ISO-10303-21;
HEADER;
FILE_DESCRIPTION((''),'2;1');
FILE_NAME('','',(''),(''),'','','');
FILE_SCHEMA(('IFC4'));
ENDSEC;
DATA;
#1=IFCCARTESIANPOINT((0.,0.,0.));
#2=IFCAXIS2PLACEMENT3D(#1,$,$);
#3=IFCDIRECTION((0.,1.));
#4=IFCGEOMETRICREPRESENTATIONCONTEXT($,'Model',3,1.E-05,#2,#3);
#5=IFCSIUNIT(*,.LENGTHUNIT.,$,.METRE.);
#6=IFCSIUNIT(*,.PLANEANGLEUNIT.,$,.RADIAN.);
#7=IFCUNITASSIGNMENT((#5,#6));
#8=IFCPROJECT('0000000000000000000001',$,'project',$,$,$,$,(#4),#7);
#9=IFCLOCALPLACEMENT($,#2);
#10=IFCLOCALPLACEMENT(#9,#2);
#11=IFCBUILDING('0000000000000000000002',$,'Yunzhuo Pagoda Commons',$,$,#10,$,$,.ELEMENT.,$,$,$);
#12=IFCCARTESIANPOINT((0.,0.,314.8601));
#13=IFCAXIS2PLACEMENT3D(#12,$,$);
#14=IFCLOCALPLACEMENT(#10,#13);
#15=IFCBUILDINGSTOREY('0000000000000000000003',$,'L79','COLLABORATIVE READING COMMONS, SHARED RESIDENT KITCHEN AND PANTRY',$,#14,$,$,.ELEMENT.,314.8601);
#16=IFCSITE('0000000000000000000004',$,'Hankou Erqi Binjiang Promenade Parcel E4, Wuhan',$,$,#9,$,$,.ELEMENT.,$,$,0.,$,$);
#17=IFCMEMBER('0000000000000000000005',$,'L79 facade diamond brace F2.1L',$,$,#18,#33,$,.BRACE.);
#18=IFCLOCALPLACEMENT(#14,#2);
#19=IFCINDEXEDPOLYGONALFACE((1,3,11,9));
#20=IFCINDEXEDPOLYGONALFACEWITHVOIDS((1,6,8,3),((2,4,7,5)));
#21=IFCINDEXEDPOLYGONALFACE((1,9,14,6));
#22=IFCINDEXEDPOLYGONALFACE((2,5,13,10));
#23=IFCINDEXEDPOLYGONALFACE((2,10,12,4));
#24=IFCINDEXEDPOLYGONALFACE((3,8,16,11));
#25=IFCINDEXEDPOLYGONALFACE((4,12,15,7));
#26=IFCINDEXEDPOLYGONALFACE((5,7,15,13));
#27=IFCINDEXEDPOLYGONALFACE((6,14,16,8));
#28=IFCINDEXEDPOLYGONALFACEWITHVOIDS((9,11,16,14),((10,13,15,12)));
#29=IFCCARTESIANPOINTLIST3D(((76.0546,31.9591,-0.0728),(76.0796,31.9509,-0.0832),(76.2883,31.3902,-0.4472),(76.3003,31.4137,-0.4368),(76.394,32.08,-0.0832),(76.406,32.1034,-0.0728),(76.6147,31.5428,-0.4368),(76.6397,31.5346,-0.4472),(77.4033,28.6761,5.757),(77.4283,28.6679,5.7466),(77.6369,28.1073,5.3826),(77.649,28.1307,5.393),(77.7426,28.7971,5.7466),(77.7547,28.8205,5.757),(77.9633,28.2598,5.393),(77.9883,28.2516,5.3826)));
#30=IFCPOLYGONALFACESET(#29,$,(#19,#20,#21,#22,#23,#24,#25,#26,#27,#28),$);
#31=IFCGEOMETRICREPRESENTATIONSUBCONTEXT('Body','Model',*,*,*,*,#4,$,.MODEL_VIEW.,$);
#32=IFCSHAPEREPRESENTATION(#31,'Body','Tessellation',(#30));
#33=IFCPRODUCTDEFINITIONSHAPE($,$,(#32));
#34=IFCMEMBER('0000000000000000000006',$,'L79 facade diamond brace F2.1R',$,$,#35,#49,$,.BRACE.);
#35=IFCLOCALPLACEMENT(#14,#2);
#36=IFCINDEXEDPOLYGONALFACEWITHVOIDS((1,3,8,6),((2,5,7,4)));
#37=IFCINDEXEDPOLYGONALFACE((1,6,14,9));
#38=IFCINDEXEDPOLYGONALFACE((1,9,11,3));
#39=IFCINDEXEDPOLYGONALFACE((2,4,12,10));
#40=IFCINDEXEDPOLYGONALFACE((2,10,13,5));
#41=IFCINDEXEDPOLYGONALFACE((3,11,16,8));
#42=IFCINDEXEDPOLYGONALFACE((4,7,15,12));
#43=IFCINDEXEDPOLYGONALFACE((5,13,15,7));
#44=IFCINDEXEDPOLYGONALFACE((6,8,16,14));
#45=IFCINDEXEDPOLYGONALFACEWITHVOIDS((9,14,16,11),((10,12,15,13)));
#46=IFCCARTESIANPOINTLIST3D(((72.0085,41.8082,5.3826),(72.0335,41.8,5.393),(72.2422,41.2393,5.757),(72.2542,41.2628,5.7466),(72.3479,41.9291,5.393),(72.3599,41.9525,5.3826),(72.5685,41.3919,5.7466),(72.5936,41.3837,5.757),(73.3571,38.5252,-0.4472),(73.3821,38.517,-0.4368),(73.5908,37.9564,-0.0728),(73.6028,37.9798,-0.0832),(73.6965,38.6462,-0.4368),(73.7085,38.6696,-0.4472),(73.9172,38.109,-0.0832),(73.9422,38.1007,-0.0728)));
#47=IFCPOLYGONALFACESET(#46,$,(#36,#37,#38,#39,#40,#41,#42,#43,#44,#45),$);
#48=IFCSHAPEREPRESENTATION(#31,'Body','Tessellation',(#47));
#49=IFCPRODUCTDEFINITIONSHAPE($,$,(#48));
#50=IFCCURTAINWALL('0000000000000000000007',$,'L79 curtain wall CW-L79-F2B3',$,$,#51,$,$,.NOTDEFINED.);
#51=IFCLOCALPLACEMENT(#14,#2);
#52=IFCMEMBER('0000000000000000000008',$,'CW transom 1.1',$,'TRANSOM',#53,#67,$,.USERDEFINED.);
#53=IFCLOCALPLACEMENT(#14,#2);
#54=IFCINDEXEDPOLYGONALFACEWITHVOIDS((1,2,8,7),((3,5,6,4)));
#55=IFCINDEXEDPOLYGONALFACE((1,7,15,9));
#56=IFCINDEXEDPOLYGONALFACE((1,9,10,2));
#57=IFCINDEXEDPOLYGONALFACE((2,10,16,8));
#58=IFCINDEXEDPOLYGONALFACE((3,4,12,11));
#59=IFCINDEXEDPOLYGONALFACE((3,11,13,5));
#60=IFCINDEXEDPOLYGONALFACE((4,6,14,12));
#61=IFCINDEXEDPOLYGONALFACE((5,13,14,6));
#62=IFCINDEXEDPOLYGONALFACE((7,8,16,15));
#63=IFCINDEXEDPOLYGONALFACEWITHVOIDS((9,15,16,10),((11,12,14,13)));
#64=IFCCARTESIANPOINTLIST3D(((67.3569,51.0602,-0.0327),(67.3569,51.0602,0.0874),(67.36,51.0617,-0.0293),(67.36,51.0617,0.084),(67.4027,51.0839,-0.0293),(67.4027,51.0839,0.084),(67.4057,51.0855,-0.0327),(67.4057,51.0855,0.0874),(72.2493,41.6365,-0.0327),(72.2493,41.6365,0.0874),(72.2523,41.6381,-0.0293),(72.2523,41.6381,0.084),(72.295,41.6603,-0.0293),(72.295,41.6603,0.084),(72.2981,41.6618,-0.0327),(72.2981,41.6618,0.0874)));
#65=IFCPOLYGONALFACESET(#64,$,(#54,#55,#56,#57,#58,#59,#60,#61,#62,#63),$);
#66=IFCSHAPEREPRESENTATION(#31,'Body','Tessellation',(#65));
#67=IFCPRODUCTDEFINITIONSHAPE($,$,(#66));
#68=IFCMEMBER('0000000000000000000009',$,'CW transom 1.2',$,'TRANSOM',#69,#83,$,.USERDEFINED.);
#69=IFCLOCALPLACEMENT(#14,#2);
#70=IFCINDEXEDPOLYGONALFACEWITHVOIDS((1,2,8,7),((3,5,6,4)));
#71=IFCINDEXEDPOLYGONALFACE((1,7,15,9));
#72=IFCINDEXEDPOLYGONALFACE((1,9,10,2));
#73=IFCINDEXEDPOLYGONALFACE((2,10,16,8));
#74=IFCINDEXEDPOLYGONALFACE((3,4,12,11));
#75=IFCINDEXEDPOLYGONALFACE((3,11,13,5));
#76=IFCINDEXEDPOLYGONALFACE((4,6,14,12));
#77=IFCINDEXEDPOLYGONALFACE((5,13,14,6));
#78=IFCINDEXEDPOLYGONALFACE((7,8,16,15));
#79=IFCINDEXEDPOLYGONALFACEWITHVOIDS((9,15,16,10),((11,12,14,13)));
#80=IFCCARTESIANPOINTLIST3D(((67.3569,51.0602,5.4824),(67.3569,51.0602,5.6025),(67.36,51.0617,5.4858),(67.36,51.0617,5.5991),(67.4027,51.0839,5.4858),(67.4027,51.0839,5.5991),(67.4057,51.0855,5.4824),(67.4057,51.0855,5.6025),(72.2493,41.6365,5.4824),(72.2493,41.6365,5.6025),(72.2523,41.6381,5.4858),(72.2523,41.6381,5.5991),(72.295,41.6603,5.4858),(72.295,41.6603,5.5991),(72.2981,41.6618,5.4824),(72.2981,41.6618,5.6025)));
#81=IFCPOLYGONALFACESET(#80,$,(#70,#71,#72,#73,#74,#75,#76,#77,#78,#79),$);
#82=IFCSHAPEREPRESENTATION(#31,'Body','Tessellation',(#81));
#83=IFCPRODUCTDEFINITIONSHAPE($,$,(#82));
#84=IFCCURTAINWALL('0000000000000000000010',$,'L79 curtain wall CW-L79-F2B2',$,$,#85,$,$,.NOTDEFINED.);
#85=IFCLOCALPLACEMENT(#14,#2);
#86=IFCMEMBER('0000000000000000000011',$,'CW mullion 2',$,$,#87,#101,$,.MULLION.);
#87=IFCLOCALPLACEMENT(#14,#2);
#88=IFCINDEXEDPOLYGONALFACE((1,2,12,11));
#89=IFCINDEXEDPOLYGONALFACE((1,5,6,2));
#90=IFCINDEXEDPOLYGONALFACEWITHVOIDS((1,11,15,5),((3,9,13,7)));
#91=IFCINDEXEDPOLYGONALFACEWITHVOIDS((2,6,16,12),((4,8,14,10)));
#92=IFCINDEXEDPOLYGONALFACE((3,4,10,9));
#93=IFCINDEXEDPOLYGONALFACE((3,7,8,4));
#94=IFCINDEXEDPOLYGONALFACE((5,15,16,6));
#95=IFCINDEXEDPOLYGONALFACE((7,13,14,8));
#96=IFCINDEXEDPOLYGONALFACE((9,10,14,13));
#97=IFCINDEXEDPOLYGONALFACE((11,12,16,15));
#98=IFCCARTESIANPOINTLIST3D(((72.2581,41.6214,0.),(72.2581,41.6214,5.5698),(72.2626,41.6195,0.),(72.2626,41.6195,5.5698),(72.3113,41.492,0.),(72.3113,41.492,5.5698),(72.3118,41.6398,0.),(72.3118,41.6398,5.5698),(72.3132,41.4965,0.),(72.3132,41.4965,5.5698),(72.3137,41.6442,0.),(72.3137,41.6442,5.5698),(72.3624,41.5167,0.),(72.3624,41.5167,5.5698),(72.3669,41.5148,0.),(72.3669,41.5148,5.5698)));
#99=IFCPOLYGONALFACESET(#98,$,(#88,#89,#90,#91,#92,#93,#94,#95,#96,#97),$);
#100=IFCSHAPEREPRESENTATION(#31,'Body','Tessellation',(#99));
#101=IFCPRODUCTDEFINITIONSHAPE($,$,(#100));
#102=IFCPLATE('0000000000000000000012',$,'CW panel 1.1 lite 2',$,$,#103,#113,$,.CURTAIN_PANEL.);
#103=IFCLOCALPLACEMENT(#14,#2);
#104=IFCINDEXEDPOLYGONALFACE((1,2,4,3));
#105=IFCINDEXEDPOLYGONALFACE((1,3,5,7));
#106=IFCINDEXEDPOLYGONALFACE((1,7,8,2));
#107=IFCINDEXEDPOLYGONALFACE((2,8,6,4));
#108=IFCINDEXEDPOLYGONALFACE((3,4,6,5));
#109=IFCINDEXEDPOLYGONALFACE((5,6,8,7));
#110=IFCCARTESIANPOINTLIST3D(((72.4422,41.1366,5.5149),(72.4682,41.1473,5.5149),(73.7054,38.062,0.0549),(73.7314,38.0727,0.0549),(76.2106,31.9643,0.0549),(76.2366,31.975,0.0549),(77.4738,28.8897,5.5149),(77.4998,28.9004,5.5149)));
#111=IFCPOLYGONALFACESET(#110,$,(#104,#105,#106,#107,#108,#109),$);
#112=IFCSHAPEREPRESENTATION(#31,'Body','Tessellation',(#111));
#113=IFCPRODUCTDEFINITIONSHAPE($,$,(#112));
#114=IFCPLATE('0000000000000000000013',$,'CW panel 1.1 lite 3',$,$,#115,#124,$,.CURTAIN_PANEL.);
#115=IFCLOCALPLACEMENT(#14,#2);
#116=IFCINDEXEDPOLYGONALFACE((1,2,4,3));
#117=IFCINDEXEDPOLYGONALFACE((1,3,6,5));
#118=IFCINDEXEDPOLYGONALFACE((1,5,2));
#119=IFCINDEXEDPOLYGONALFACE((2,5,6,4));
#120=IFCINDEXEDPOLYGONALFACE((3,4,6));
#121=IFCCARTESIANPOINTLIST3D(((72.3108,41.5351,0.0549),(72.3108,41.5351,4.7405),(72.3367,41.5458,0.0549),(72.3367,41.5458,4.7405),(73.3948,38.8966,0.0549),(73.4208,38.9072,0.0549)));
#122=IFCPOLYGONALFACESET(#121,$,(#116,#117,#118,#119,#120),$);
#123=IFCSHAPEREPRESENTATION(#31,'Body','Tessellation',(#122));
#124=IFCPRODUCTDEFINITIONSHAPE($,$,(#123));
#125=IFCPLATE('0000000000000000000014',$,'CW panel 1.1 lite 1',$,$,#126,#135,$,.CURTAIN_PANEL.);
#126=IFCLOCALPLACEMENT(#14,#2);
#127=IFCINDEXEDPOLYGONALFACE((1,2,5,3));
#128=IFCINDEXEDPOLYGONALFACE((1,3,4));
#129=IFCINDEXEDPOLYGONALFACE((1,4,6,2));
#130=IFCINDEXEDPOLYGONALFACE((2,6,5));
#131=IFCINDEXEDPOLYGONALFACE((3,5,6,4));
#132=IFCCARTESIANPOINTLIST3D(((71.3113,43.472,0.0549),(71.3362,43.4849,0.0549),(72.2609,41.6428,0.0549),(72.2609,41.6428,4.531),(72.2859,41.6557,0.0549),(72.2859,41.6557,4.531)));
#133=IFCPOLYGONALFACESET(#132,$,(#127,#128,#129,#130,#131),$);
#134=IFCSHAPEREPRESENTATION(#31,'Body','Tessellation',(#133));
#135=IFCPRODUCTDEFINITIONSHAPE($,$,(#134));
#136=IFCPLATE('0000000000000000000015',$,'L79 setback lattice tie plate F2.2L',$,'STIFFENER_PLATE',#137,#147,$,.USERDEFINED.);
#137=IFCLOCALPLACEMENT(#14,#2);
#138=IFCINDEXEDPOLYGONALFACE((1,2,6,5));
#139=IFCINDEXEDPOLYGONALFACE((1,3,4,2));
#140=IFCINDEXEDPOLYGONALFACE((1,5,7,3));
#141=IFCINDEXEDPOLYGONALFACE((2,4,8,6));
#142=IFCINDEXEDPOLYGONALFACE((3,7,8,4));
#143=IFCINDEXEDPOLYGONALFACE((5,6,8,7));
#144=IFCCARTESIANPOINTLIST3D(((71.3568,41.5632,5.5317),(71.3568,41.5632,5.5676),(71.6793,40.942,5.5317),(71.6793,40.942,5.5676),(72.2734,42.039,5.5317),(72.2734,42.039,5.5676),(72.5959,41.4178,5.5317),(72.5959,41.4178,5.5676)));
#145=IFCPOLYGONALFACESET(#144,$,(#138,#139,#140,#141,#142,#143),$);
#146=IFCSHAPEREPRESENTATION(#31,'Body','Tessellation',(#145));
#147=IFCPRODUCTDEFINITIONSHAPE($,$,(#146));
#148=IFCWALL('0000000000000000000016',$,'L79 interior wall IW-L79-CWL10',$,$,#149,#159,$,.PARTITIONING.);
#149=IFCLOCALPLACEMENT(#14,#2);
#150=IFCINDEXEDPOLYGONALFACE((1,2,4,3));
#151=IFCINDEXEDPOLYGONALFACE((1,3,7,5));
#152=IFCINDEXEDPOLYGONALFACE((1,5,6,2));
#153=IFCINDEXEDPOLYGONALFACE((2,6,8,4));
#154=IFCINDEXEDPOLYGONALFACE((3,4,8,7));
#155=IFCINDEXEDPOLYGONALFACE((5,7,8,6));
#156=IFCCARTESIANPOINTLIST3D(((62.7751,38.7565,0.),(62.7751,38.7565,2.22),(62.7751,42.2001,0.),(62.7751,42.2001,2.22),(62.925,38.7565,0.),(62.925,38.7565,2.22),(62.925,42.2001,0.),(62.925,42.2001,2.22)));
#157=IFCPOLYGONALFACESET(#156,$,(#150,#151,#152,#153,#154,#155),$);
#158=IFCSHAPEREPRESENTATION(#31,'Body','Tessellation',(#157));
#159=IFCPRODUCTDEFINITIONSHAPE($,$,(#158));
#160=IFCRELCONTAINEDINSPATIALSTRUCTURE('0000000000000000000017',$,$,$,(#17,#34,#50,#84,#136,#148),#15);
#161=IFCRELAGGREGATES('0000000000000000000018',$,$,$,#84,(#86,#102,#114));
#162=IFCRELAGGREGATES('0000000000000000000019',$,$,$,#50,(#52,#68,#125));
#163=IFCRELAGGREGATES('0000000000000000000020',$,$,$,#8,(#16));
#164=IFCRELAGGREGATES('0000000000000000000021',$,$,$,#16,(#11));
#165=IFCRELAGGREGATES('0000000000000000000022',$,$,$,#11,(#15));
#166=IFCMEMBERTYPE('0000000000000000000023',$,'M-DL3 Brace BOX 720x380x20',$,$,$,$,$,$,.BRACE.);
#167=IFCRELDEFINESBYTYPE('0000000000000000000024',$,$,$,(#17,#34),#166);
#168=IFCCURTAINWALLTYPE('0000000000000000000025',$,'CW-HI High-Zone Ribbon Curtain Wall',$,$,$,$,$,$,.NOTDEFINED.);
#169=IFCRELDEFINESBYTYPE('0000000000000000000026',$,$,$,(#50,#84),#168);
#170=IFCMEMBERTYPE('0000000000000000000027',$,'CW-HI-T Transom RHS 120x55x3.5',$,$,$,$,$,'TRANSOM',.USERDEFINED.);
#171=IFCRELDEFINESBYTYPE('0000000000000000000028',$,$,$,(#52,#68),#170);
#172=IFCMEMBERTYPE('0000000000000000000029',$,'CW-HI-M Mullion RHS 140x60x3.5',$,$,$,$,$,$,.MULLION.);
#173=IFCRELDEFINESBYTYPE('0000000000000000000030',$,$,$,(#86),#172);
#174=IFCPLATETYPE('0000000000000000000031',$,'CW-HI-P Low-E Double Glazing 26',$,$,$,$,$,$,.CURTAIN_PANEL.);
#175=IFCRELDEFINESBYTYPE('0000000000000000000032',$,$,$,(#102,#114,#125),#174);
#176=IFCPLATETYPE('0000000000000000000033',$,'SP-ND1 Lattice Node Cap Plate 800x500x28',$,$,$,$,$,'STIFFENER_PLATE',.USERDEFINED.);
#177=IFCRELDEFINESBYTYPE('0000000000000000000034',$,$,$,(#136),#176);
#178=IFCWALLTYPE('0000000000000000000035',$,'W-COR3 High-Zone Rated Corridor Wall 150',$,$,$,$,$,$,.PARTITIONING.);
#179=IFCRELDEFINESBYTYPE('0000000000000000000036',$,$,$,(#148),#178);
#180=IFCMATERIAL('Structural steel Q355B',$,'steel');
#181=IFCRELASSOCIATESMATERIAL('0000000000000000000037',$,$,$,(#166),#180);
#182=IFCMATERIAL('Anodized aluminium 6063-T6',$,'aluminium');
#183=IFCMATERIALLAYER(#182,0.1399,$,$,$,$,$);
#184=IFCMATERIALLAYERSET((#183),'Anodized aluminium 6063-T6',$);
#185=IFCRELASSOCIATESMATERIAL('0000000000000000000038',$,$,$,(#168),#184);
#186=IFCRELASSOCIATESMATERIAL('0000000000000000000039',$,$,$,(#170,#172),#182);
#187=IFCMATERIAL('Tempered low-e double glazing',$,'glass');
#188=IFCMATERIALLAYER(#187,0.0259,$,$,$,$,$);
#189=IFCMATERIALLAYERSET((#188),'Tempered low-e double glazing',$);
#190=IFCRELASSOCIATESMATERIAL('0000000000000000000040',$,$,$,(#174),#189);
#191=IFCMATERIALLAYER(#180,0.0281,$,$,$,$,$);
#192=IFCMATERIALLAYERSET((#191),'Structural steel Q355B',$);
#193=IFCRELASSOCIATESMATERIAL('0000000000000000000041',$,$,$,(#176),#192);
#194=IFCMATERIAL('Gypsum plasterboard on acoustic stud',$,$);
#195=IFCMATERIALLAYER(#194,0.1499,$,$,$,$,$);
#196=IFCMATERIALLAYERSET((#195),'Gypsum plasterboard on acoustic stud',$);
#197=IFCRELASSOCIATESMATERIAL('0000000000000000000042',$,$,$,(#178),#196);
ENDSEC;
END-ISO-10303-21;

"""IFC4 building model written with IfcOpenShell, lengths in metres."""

from ifc_helpers import new_model, si_unit, direction, frame, frame_2d, origin, origin_2d, place, context, subcontext, project, spatial, polyline, rectangle, hollow_rectangle, outline, extrude, source, transform, mapped, material, layer, layer_set, material_profile, profile_set, type_object, element, aggregate, save


model = new_model("IFC4")

# Units and contexts
model_context = context("Model", 3, precision=1e-05, world=origin(), true_north=direction((0.0, 1.0)))
body_context = subcontext(model_context, "Body", "Model", "MODEL_VIEW")
ifc_project = project(units=[si_unit("LENGTHUNIT", "METRE"), si_unit("PLANEANGLEUNIT", "RADIAN")], contexts=[model_context])

# Site, building, storey
site_placement = place(None, origin())
site = spatial("IfcSite", under=ifc_project, at=site_placement, Name="Hankou Erqi Binjiang Promenade Parcel E4, Wuhan", CompositionType="ELEMENT", RefElevation=0.0)
building_placement = place(site_placement, origin())
building = spatial("IfcBuilding", under=site, at=building_placement, Name="Yunzhuo Pagoda Commons", CompositionType="ELEMENT")
storey_placement = place(building_placement, frame((0.0, 0.0, 314.8601)))
storey = spatial("IfcBuildingStorey", under=building, at=storey_placement, Name="L79", Description="COLLABORATIVE READING COMMONS, SHARED RESIDENT KITCHEN AND PANTRY", CompositionType="ELEMENT", Elevation=314.8601)

# Shared definitions
ifc_material_1 = material(Name="Structural steel Q355B", Category="steel")

# Members
ifc_material_profile_1 = material_profile(ifc_material_1, hollow_rectangle(XDim=0.3799, YDim=0.72, WallThickness=0.02, at=origin_2d()), Name="Structural steel Q355B")
ifc_profile_set_1 = profile_set([ifc_material_profile_1], Name="Structural steel Q355B")
member_type_1 = type_object("IfcMemberType", Name="M-DL3 Brace BOX 720x380x20", PredefinedType="BRACE", material=ifc_profile_set_1)
shared_shape_1 = source(origin(), body_context, "Body", "SweptSolid", [
    extrude(hollow_rectangle(XDim=0.3799, YDim=0.72, WallThickness=0.02, at=origin_2d()), origin(), (0.0, 0.0, 1.0), 6.8252),
])
for number, where, z_axis, x_axis, name in (
    (1, (76.3472, 31.7468, -0.26), (0.197596, -0.481004, 0.854161), (0.924993, 0.379985, 0.0), "L79 facade diamond brace F2.1L"),
    (2, (73.6497, 38.313, -0.26), (-0.197596, 0.481004, 0.854161), (-0.924993, -0.379985, 0.0), "L79 facade diamond brace F2.1R"),
):
    element("IfcMember", number, at=place(storey_placement, frame(where, z_axis=z_axis, x_axis=x_axis)), inside=storey, type_object=member_type_1, Name=name, PredefinedType="BRACE", context=body_context, shape_type="MappedRepresentation", body=[
        mapped(shared_shape_1, transform((0.0, 0.0, 0.0), scale=1.0)),
    ])

# Curtain wall, members
ifc_material_2 = material(Name="Anodized aluminium 6063-T6", Category="aluminium")
ifc_layer_1 = layer(ifc_material_2, 0.1399)
ifc_layer_set_1 = layer_set([ifc_layer_1], Name="Anodized aluminium 6063-T6")
curtain_wall_type = type_object("IfcCurtainWallType", Name="CW-HI High-Zone Ribbon Curtain Wall", PredefinedType="NOTDEFINED", material=ifc_layer_set_1)
curtain_wall_1_placement = place(storey_placement, origin())
curtain_wall_1 = element("IfcCurtainWall", 3, at=curtain_wall_1_placement, inside=storey, type_object=curtain_wall_type, Name="L79 curtain wall CW-L79-F2B3", PredefinedType="NOTDEFINED")
ifc_material_profile_2 = material_profile(ifc_material_2, hollow_rectangle(XDim=0.0549, YDim=0.1201, WallThickness=0.0034, at=origin_2d()), Name="Anodized aluminium 6063-T6")
ifc_profile_set_2 = profile_set([ifc_material_profile_2], Name="Anodized aluminium 6063-T6")
member_type_2 = type_object("IfcMemberType", Name="CW-HI-T Transom RHS 120x55x3.5", ElementType="TRANSOM", PredefinedType="USERDEFINED", material=ifc_profile_set_2)
shared_shape_2 = source(origin(), body_context, "Body", "SweptSolid", [
    extrude(hollow_rectangle(XDim=0.0549, YDim=0.1201, WallThickness=0.0034, at=origin_2d()), origin(), (0.0, 0.0, 1.0), 10.6179),
])
member_1_placement = place(storey_placement, frame((72.2737, 41.6492, 0.0273), z_axis=(-0.460765, 0.887522, 0.0), x_axis=(-0.887522, -0.460765, 0.0)))
member_1 = element("IfcMember", 4, at=member_1_placement, type_object=member_type_2, Name="CW transom 1.1", ObjectType="TRANSOM", PredefinedType="USERDEFINED", context=body_context, shape_type="MappedRepresentation", body=[
    mapped(shared_shape_2, transform((0.0, 0.0, 0.0), scale=1.0)),
])
member_2_placement = place(storey_placement, frame((72.2737, 41.6492, 5.5425), z_axis=(-0.460765, 0.887522, 0.0), x_axis=(-0.887522, -0.460765, 0.0)))
member_2 = element("IfcMember", 5, at=member_2_placement, type_object=member_type_2, Name="CW transom 1.2", ObjectType="TRANSOM", PredefinedType="USERDEFINED", context=body_context, shape_type="MappedRepresentation", body=[
    mapped(shared_shape_2, transform((0.0, 0.0, 0.0), scale=1.0)),
])

# Curtain wall, member, plates
curtain_wall_2_placement = place(storey_placement, origin())
curtain_wall_2 = element("IfcCurtainWall", 6, at=curtain_wall_2_placement, inside=storey, type_object=curtain_wall_type, Name="L79 curtain wall CW-L79-F2B2", PredefinedType="NOTDEFINED")
ifc_material_profile_3 = material_profile(ifc_material_2, hollow_rectangle(XDim=0.0601, YDim=0.1399, WallThickness=0.0034, at=origin_2d()), Name="Anodized aluminium 6063-T6")
ifc_profile_set_3 = profile_set([ifc_material_profile_3], Name="Anodized aluminium 6063-T6")
member_type_3 = type_object("IfcMemberType", Name="CW-HI-M Mullion RHS 140x60x3.5", PredefinedType="MULLION", material=ifc_profile_set_3)
shared_shape_3 = source(origin(), body_context, "Body", "SweptSolid", [
    extrude(hollow_rectangle(XDim=0.0601, YDim=0.1399, WallThickness=0.0034, at=origin_2d()), origin(), (0.0, 0.0, 1.0), 5.5698),
])
member_3_placement = place(storey_placement, frame((72.3125, 41.5681, 0.0), z_axis=(0.0, 0.0, 1.0), x_axis=(-0.924975, -0.380027, 0.0)))
member_3 = element("IfcMember", 7, at=member_3_placement, type_object=member_type_3, Name="CW mullion 2", PredefinedType="MULLION", context=body_context, shape_type="MappedRepresentation", body=[
    mapped(shared_shape_3, transform((0.0, 0.0, 0.0), scale=1.0)),
])
ifc_material_3 = material(Name="Tempered low-e double glazing", Category="glass")
ifc_layer_2 = layer(ifc_material_3, 0.0259)
ifc_layer_set_2 = layer_set([ifc_layer_2], Name="Tempered low-e double glazing")
plate_type_1 = type_object("IfcPlateType", Name="CW-HI-P Low-E Double Glazing 26", PredefinedType="CURTAIN_PANEL", material=ifc_layer_set_2)
plate_1_placement = place(storey_placement, frame((74.958, 35.0132, 2.7849), z_axis=(0.924975, 0.380027, 0.0), x_axis=(-0.380027, 0.924975, 0.0)))
plate_1 = element("IfcPlate", 8, at=plate_1_placement, type_object=plate_type_1, Name="CW panel 1.1 lite 2", PredefinedType="CURTAIN_PANEL", context=body_context, shape_type="SweptSolid", body=[
    extrude(outline(polyline([(-6.6201, 2.73), (-3.2961, -2.73), (3.2961, -2.73), (6.6201, 2.73), (-6.6201, 2.73)])), origin(), (0.0, 0.0, 1.0), 0.0281),
])
plate_2_placement = place(storey_placement, frame((72.8528, 40.2158, 2.3977), z_axis=(0.924975, 0.380027, 0.0), x_axis=(-0.380027, 0.924975, 0.0)))
plate_2 = element("IfcPlate", 9, at=plate_2_placement, type_object=plate_type_1, Name="CW panel 1.1 lite 3", PredefinedType="CURTAIN_PANEL", context=body_context, shape_type="SweptSolid", body=[
    extrude(outline(polyline([(-1.4263, -2.3428), (1.4263, -2.3428), (1.4263, 2.3428), (-1.4263, -2.3428)])), origin(), (0.0, 0.0, 1.0), 0.0281),
])
aggregate(curtain_wall_2, [member_3, plate_1, plate_2])

# Plates
plate_3_placement = place(storey_placement, frame((71.7861, 42.5574, 2.293), z_axis=(0.887531, 0.460748, 0.0), x_axis=(-0.460748, 0.887531, 0.0)))
plate_3 = element("IfcPlate", 10, at=plate_3_placement, type_object=plate_type_1, Name="CW panel 1.1 lite 1", PredefinedType="CURTAIN_PANEL", context=body_context, shape_type="SweptSolid", body=[
    extrude(outline(polyline([(-1.0305, -2.238), (1.0305, -2.238), (-1.0305, 2.238), (-1.0305, -2.238)])), origin(), (0.0, 0.0, 1.0), 0.0281),
])
aggregate(curtain_wall_1, [member_1, member_2, plate_3])
ifc_layer_3 = layer(ifc_material_1, 0.0281)
ifc_layer_set_3 = layer_set([ifc_layer_3], Name="Structural steel Q355B")
plate_type_2 = type_object("IfcPlateType", Name="SP-ND1 Lattice Node Cap Plate 800x500x28", ElementType="STIFFENER_PLATE", PredefinedType="USERDEFINED", material=ifc_layer_set_3)
shared_shape_4 = source(origin(), body_context, "Body", "SweptSolid", [
    extrude(rectangle(XDim=0.7, YDim=1.0327, at=origin_2d()), origin(), (0.0, 0.0, 1.0), 0.0359),
])
plate_4_placement = place(storey_placement, frame((71.9763, 41.4905, 5.5317), z_axis=(0.0, 0.0, 1.0), x_axis=(-0.460742, 0.887534, 0.0)))
element("IfcPlate", 11, at=plate_4_placement, inside=storey, type_object=plate_type_2, Name="L79 setback lattice tie plate F2.2L", ObjectType="STIFFENER_PLATE", PredefinedType="USERDEFINED", context=body_context, shape_type="MappedRepresentation", body=[
    mapped(shared_shape_4, transform((0.0, 0.0, 0.0), scale=1.0)),
])

# Wall
ifc_material_4 = material(Name="Gypsum plasterboard on acoustic stud")
ifc_layer_4 = layer(ifc_material_4, 0.1499)
ifc_layer_set_4 = layer_set([ifc_layer_4], Name="Gypsum plasterboard on acoustic stud")
wall_type_1 = type_object("IfcWallType", Name="W-COR3 High-Zone Rated Corridor Wall 150", PredefinedType="PARTITIONING", material=ifc_layer_set_4)
wall_1_placement = place(storey_placement, frame((62.8501, 42.2, 0.0), z_axis=(0.0, 0.0, 1.0), x_axis=(0.0, -1.0, 0.0)))
element("IfcWall", 12, at=wall_1_placement, inside=storey, type_object=wall_type_1, Name="L79 interior wall IW-L79-CWL10", PredefinedType="PARTITIONING", context=body_context, shape_type="SweptSolid", body=[
    extrude(rectangle(XDim=3.4436, YDim=0.1499, at=frame_2d((1.7217, 0.0))), origin(), (0.0, 0.0, 1.0), 2.22),
])

save(model, "model.ifc")
